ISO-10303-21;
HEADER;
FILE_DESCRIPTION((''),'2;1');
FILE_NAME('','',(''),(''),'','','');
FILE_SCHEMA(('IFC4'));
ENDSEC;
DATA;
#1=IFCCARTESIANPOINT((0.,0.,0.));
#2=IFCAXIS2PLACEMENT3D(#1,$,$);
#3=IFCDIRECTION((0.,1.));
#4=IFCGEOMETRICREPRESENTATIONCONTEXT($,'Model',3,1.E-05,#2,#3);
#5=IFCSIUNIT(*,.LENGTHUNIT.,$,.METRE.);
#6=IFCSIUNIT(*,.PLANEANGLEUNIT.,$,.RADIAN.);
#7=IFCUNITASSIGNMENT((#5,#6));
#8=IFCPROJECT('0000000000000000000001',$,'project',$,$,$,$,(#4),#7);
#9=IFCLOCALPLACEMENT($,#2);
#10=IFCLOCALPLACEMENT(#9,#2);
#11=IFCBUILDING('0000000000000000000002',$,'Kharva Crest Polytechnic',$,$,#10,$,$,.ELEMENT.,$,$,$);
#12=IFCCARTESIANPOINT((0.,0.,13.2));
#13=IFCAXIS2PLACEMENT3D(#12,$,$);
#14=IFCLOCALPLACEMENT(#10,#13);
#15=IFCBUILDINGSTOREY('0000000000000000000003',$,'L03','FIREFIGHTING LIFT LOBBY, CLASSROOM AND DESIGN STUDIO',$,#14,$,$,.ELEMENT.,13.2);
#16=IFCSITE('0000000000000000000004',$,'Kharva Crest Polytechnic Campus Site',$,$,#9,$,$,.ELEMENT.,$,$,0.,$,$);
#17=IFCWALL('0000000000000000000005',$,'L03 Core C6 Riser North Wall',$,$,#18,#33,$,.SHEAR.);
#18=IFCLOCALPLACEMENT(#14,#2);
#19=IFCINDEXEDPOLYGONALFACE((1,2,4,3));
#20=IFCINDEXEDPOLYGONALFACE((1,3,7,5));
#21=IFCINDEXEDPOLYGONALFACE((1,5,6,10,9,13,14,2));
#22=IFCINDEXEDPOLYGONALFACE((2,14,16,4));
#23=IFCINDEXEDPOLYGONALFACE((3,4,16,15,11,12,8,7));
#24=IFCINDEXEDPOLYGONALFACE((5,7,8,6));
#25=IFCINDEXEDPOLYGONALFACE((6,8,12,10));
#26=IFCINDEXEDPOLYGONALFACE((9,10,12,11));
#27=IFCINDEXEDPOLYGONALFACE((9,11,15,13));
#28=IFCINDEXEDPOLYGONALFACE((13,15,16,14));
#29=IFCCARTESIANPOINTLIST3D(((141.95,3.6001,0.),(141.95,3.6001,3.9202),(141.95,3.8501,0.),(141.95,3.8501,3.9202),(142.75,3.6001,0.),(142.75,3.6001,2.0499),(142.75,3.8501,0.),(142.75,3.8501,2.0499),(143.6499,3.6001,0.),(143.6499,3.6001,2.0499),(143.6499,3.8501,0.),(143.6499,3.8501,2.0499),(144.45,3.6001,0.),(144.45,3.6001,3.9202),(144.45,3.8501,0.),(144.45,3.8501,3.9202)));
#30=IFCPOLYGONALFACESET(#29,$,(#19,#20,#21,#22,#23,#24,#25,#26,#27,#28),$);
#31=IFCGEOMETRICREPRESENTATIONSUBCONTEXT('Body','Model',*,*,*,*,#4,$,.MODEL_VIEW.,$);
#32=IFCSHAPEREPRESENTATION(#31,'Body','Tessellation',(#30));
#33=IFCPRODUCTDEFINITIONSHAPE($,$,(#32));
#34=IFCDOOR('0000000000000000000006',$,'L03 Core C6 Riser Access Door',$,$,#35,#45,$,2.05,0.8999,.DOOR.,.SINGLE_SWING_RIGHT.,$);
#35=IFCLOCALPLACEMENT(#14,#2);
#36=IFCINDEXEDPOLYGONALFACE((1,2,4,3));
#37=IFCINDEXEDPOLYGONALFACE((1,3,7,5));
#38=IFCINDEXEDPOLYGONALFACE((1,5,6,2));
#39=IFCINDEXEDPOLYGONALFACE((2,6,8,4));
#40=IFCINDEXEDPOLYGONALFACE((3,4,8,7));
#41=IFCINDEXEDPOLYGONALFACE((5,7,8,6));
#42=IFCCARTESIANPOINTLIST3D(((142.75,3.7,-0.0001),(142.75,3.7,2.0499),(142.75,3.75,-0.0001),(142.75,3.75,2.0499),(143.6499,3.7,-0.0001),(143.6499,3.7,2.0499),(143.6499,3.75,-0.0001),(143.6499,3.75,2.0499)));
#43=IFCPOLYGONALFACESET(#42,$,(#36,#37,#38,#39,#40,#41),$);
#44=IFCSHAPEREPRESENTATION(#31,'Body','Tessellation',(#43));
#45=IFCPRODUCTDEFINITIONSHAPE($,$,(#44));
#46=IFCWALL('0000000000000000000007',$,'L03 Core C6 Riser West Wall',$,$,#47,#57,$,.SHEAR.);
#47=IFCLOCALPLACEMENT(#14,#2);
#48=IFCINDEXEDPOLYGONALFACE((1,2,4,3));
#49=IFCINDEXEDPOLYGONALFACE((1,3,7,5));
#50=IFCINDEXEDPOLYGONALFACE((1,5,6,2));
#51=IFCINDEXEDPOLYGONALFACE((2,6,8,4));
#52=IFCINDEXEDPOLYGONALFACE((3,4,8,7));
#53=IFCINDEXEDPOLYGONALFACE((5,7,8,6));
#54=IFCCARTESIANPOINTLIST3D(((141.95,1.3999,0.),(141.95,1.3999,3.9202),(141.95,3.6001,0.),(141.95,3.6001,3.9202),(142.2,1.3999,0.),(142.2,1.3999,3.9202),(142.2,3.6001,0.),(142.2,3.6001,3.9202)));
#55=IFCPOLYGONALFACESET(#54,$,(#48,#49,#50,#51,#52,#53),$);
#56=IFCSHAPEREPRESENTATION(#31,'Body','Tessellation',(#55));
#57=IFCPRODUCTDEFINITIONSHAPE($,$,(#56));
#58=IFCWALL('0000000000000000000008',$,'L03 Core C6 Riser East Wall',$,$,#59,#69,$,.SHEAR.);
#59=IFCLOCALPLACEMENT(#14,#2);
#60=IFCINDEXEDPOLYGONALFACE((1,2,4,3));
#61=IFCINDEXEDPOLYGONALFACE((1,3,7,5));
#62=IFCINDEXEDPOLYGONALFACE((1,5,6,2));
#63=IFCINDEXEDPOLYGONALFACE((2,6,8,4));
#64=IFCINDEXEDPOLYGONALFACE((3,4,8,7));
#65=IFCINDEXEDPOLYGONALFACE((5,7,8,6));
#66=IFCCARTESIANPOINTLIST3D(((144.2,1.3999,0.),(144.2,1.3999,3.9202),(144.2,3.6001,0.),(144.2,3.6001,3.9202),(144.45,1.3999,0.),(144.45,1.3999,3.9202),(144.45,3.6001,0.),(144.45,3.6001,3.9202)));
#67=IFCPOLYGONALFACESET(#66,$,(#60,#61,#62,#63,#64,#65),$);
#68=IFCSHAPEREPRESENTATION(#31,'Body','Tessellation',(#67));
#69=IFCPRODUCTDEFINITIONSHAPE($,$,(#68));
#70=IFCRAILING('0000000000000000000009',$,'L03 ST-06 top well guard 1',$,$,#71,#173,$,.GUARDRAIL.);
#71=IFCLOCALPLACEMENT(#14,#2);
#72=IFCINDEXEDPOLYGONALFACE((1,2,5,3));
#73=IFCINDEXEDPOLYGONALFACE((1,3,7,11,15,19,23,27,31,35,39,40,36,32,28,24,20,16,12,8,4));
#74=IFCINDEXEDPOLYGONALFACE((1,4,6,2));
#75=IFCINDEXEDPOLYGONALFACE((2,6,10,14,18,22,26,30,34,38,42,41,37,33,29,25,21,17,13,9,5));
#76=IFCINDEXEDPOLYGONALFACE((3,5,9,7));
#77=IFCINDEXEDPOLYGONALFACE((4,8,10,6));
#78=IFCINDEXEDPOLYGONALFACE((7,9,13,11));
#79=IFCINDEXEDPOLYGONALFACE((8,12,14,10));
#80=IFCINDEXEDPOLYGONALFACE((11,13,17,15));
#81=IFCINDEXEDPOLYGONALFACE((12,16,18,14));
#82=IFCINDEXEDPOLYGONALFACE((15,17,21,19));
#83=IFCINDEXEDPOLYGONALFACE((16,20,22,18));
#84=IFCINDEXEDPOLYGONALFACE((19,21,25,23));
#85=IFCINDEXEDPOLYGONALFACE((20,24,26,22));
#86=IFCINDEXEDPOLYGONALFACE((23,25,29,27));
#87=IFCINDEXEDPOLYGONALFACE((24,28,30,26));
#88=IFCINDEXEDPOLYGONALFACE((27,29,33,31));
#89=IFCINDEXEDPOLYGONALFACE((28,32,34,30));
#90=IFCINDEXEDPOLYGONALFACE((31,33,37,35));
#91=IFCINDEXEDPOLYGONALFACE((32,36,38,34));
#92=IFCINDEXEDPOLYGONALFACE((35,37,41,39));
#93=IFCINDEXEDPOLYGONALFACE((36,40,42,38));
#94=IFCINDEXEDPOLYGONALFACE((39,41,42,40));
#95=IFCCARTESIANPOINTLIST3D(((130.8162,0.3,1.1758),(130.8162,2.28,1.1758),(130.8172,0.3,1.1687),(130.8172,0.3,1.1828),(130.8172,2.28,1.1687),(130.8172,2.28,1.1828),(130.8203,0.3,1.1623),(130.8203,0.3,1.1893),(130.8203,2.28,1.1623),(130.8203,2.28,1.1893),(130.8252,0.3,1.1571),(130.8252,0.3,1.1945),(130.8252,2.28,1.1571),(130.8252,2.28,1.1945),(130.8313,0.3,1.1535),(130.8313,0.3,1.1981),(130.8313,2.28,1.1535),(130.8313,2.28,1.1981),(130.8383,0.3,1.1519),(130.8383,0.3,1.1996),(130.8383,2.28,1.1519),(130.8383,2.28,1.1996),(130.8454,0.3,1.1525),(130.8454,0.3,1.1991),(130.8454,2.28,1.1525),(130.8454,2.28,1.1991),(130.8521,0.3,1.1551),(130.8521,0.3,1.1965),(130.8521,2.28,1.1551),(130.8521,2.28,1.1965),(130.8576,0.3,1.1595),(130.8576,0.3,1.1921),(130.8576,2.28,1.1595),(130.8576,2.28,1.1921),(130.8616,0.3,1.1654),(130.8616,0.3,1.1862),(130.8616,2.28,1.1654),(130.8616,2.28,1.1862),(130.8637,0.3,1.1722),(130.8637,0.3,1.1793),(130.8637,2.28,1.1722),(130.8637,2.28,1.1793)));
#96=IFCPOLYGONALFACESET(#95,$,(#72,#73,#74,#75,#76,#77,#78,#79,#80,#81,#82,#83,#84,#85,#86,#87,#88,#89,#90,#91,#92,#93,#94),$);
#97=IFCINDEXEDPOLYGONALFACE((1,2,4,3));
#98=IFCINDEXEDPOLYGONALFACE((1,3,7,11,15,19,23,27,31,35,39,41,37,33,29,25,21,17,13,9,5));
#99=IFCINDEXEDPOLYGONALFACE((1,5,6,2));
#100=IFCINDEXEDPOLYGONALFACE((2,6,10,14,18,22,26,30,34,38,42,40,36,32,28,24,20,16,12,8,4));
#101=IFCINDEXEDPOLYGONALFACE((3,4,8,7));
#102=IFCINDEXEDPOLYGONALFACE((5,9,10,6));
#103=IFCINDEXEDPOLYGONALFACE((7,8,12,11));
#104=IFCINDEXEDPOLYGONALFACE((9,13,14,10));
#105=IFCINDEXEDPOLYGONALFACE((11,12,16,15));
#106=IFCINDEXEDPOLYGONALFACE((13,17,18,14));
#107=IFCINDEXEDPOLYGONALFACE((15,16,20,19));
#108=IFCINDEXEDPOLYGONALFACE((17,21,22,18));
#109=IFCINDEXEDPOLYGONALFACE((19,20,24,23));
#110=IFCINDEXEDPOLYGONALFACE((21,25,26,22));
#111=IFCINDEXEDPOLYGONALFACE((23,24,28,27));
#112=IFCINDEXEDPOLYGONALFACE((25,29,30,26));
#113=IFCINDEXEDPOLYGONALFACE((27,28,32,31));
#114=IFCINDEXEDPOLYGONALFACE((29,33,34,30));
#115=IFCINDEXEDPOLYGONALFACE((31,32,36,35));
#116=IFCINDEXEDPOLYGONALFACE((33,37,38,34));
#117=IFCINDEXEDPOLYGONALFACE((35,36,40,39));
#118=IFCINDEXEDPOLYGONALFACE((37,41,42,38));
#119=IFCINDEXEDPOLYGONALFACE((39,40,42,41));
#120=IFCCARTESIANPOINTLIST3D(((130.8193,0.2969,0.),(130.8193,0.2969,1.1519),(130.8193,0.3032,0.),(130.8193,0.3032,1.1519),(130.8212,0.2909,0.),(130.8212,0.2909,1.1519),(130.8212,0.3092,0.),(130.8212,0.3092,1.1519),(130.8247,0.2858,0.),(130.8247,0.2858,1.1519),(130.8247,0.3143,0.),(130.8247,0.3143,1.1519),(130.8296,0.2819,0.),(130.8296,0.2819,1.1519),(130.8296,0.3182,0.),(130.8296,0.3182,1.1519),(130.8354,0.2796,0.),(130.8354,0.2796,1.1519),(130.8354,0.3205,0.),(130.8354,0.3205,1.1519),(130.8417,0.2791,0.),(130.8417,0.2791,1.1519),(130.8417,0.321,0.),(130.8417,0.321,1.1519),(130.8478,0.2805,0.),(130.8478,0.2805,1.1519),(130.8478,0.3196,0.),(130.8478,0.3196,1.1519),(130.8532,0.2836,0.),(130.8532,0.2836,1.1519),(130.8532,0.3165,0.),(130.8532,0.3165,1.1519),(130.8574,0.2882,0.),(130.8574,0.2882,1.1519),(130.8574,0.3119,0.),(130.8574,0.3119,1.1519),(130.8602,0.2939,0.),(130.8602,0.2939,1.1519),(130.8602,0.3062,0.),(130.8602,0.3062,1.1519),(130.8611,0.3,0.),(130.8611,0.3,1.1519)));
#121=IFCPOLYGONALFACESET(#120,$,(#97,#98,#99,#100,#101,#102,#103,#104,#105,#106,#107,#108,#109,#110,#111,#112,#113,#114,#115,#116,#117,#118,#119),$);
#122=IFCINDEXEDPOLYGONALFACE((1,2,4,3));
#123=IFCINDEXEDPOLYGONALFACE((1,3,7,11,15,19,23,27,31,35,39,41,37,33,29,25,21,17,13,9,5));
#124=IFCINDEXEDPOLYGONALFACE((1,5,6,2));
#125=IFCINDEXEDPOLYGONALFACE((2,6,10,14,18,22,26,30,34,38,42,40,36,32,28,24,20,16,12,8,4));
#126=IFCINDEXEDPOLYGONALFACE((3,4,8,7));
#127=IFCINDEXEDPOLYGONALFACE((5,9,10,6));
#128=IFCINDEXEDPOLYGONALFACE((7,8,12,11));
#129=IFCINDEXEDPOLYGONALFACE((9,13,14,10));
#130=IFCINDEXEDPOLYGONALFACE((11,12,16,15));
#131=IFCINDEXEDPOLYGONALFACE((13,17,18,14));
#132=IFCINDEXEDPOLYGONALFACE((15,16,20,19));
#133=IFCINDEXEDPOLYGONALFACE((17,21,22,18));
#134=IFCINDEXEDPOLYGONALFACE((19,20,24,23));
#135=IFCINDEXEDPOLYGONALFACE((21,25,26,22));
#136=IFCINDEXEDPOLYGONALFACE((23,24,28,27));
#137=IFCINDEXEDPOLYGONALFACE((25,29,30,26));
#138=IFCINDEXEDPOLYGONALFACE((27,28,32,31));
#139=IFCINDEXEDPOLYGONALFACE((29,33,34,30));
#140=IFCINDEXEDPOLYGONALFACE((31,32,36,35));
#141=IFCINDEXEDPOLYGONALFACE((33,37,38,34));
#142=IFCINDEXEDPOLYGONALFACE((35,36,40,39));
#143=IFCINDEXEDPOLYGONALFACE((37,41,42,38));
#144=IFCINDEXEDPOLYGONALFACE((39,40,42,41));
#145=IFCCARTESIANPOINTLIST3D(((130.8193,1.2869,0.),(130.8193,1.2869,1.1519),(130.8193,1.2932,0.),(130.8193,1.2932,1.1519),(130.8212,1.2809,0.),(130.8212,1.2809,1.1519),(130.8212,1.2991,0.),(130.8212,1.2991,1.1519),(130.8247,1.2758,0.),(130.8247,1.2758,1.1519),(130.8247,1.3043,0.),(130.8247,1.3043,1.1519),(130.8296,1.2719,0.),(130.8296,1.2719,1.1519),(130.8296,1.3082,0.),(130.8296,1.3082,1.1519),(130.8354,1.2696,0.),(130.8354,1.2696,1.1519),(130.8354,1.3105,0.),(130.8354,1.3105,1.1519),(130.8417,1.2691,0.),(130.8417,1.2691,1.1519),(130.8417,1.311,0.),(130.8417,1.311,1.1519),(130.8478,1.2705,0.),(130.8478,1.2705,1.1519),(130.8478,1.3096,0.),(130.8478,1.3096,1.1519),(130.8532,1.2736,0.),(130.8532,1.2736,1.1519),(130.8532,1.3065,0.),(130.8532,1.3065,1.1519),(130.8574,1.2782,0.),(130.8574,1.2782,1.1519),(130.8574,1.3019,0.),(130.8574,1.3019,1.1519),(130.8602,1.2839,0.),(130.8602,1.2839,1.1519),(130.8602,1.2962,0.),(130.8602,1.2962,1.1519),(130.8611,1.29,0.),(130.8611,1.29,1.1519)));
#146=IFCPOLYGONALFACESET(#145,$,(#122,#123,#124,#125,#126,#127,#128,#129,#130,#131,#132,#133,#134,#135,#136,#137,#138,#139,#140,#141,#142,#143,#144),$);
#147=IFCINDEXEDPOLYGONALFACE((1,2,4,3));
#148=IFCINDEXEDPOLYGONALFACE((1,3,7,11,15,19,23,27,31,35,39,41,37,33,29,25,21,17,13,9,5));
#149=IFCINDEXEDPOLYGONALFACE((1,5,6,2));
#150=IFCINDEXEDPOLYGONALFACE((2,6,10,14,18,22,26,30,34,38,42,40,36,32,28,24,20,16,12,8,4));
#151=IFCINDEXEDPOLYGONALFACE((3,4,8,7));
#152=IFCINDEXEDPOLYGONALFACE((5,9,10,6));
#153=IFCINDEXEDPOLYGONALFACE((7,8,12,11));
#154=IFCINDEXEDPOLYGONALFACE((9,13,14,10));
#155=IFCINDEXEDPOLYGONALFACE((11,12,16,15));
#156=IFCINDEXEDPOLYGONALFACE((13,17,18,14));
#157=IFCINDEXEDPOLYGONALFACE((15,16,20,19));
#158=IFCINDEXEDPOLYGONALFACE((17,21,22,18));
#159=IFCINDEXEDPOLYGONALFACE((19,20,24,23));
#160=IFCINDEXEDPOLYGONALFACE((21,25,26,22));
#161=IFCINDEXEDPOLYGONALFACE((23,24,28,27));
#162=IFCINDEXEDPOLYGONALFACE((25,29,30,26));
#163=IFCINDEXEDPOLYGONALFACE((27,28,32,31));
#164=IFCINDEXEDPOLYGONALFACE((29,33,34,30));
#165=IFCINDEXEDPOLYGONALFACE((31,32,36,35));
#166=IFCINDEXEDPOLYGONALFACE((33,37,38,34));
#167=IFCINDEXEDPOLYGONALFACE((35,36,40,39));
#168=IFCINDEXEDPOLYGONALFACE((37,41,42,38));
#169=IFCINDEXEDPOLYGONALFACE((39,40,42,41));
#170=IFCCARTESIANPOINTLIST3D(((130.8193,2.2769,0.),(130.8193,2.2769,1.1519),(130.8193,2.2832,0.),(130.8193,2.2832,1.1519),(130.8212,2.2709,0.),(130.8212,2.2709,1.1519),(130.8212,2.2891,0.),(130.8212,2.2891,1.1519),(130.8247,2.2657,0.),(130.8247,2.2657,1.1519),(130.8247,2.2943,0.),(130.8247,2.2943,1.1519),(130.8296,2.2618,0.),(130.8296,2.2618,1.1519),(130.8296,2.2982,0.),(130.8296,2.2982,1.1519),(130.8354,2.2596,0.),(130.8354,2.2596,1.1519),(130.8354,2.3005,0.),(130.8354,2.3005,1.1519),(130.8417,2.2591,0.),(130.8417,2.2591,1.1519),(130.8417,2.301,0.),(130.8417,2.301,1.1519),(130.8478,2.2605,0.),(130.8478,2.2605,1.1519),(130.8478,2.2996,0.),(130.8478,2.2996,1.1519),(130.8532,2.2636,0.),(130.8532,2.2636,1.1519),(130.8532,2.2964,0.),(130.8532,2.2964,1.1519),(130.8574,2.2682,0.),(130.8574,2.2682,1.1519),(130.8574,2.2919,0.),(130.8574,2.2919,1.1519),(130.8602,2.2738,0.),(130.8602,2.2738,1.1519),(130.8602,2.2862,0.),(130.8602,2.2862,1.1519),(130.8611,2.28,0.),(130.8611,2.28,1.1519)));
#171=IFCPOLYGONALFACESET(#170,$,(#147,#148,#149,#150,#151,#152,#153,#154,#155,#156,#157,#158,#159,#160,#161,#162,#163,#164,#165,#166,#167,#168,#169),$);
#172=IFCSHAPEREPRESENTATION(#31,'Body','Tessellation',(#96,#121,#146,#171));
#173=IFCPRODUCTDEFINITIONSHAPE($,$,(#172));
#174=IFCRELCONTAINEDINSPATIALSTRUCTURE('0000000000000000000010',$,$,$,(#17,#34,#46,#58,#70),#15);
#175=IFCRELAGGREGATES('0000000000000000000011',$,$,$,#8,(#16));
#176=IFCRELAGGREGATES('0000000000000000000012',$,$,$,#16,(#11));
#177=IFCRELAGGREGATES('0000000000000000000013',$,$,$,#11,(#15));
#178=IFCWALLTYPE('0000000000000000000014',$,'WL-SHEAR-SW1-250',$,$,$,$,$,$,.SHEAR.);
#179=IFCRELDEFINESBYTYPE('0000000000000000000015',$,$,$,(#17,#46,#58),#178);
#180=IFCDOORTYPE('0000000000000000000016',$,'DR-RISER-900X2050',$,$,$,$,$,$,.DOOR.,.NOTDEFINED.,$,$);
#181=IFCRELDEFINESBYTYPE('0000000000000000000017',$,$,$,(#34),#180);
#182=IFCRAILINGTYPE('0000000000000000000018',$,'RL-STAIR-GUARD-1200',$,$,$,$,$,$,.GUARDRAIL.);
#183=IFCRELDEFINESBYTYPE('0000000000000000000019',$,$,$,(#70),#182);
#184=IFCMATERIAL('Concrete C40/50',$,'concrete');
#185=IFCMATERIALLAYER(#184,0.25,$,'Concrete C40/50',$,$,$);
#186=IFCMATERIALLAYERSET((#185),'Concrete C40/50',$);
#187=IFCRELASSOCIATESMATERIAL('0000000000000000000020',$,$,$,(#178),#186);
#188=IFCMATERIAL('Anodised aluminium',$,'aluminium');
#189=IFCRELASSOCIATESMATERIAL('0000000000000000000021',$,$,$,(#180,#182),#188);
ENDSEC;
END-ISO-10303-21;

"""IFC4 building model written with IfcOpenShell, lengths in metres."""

from ifc_helpers import new_model, si_unit, direction, frame, frame_2d, origin, origin_2d, place, context, subcontext, project, spatial, rectangle, circle, extrude, material, layer, layer_set, type_object, element, fill, save


model = new_model("IFC4")

# Units and contexts
model_context = context("Model", 3, precision=1e-05, world=origin(), true_north=direction((0.0, 1.0)))
body_context = subcontext(model_context, "Body", "Model", "MODEL_VIEW")
ifc_project = project(units=[si_unit("LENGTHUNIT", "METRE"), si_unit("PLANEANGLEUNIT", "RADIAN")], contexts=[model_context])

# Site, building, storey
site_placement = place(None, origin())
site = spatial("IfcSite", under=ifc_project, at=site_placement, Name="Kharva Crest Polytechnic Campus Site", CompositionType="ELEMENT", RefElevation=0.0)
building_placement = place(site_placement, origin())
building = spatial("IfcBuilding", under=site, at=building_placement, Name="Kharva Crest Polytechnic", CompositionType="ELEMENT")
storey_placement = place(building_placement, frame((0.0, 0.0, 13.2)))
storey = spatial("IfcBuildingStorey", under=building, at=storey_placement, Name="L03", Description="FIREFIGHTING LIFT LOBBY, CLASSROOM AND DESIGN STUDIO", CompositionType="ELEMENT", Elevation=13.2)

# Shared definitions
ifc_material_1 = material(Name="Concrete C40/50", Category="concrete")

# Shared definitions
ifc_material_2 = material(Name="Anodised aluminium", Category="aluminium")

# Shared definitions
ifc_layer_1 = layer(ifc_material_1, 0.25, Name="Concrete C40/50")
ifc_layer_set_1 = layer_set([ifc_layer_1], Name="Concrete C40/50")
wall_type_1 = type_object("IfcWallType", Name="WL-SHEAR-SW1-250", PredefinedType="SHEAR", material=ifc_layer_set_1)

# Wall, opening, door
wall_1_placement = place(storey_placement, frame((141.95, 3.7251, 0.0), z_axis=(0.0, 0.0, 1.0), x_axis=(1.0, 0.0, 0.0)))
wall_1 = element("IfcWall", 1, at=wall_1_placement, inside=storey, type_object=wall_type_1, Name="L03 Core C6 Riser North Wall", PredefinedType="SHEAR", context=body_context, shape_type="SweptSolid", body=[
    extrude(rectangle(XDim=2.5, YDim=0.25, at=frame_2d((1.25, 0.0))), origin(), (0.0, 0.0, 1.0), 3.9202),
])
opening_1_placement = place(wall_1_placement, frame((0.8, 0.0, 0.0)))
opening_1 = element("IfcOpeningElement", 2, at=opening_1_placement, cuts=wall_1, PredefinedType="OPENING", context=body_context, shape_type="SweptSolid", body=[
    extrude(rectangle(XDim=0.8999, YDim=2.05, at=frame_2d((0.45, 1.0249))), frame((0.0, 0.135, 0.0), z_axis=(0.0, -1.0, 0.0), x_axis=(1.0, 0.0, 0.0)), (0.0, 0.0, 1.0), 0.27),
])
door_type_1 = type_object("IfcDoorType", Name="DR-RISER-900X2050", OperationType="NOTDEFINED", PredefinedType="DOOR", material=ifc_material_2)
door_1_placement = place(opening_1_placement, origin())
door_1 = element("IfcDoor", 3, at=door_1_placement, inside=storey, type_object=door_type_1, Name="L03 Core C6 Riser Access Door", OperationType="SINGLE_SWING_RIGHT", OverallHeight=2.05, OverallWidth=0.8999, PredefinedType="DOOR", context=body_context, shape_type="SweptSolid", body=[
    extrude(rectangle(XDim=0.8999, YDim=2.05, at=frame_2d((0.45, 1.0249))), frame((0.0, 0.0249, 0.0), z_axis=(0.0, -1.0, 0.0), x_axis=(1.0, 0.0, 0.0)), (0.0, 0.0, 1.0), 0.05),
])
fill(opening_1, door_1)

# Walls
for number, where, z_axis, x_axis, name in (
    (4, (142.075, 1.3999, 0.0), (0.0, 0.0, 1.0), (0.0, 1.0, 0.0), "L03 Core C6 Riser West Wall"),
    (5, (144.325, 1.3999, 0.0), (0.0, 0.0, 1.0), (0.0, 1.0, 0.0), "L03 Core C6 Riser East Wall"),
):
    element("IfcWall", number, at=place(storey_placement, frame(where, z_axis=z_axis, x_axis=x_axis)), inside=storey, type_object=wall_type_1, Name=name, PredefinedType="SHEAR", context=body_context, shape_type="SweptSolid", body=[
        extrude(rectangle(XDim=2.2002, YDim=0.25, at=frame_2d((1.1001, 0.0))), origin(), (0.0, 0.0, 1.0), 3.9202),
    ])

# Railing
railing_type = type_object("IfcRailingType", Name="RL-STAIR-GUARD-1200", PredefinedType="GUARDRAIL", material=ifc_material_2)
railing_placement = place(storey_placement, frame((130.8401, 0.3, 0.0)))
element("IfcRailing", 6, at=railing_placement, inside=storey, type_object=railing_type, Name="L03 ST-06 top well guard 1", PredefinedType="GUARDRAIL", context=body_context, shape_type="SweptSolid", body=[
    extrude(circle(Radius=0.0239, at=origin_2d()), frame((0.0, 0.0, 1.1758), z_axis=(0.0, 1.0, 0.0), x_axis=(-1.0, 0.0, 0.0)), (0.0, 0.0, 1.0), 1.98),
    extrude(circle(Radius=0.021, at=origin_2d()), origin(), (0.0, 0.0, 1.0), 1.1519),
    extrude(circle(Radius=0.021, at=origin_2d()), frame((0.0, 0.99, 0.0)), (0.0, 0.0, 1.0), 1.1519),
    extrude(circle(Radius=0.021, at=origin_2d()), frame((0.0, 1.98, 0.0)), (0.0, 0.0, 1.0), 1.1519),
])

save(model, "model.ifc")
